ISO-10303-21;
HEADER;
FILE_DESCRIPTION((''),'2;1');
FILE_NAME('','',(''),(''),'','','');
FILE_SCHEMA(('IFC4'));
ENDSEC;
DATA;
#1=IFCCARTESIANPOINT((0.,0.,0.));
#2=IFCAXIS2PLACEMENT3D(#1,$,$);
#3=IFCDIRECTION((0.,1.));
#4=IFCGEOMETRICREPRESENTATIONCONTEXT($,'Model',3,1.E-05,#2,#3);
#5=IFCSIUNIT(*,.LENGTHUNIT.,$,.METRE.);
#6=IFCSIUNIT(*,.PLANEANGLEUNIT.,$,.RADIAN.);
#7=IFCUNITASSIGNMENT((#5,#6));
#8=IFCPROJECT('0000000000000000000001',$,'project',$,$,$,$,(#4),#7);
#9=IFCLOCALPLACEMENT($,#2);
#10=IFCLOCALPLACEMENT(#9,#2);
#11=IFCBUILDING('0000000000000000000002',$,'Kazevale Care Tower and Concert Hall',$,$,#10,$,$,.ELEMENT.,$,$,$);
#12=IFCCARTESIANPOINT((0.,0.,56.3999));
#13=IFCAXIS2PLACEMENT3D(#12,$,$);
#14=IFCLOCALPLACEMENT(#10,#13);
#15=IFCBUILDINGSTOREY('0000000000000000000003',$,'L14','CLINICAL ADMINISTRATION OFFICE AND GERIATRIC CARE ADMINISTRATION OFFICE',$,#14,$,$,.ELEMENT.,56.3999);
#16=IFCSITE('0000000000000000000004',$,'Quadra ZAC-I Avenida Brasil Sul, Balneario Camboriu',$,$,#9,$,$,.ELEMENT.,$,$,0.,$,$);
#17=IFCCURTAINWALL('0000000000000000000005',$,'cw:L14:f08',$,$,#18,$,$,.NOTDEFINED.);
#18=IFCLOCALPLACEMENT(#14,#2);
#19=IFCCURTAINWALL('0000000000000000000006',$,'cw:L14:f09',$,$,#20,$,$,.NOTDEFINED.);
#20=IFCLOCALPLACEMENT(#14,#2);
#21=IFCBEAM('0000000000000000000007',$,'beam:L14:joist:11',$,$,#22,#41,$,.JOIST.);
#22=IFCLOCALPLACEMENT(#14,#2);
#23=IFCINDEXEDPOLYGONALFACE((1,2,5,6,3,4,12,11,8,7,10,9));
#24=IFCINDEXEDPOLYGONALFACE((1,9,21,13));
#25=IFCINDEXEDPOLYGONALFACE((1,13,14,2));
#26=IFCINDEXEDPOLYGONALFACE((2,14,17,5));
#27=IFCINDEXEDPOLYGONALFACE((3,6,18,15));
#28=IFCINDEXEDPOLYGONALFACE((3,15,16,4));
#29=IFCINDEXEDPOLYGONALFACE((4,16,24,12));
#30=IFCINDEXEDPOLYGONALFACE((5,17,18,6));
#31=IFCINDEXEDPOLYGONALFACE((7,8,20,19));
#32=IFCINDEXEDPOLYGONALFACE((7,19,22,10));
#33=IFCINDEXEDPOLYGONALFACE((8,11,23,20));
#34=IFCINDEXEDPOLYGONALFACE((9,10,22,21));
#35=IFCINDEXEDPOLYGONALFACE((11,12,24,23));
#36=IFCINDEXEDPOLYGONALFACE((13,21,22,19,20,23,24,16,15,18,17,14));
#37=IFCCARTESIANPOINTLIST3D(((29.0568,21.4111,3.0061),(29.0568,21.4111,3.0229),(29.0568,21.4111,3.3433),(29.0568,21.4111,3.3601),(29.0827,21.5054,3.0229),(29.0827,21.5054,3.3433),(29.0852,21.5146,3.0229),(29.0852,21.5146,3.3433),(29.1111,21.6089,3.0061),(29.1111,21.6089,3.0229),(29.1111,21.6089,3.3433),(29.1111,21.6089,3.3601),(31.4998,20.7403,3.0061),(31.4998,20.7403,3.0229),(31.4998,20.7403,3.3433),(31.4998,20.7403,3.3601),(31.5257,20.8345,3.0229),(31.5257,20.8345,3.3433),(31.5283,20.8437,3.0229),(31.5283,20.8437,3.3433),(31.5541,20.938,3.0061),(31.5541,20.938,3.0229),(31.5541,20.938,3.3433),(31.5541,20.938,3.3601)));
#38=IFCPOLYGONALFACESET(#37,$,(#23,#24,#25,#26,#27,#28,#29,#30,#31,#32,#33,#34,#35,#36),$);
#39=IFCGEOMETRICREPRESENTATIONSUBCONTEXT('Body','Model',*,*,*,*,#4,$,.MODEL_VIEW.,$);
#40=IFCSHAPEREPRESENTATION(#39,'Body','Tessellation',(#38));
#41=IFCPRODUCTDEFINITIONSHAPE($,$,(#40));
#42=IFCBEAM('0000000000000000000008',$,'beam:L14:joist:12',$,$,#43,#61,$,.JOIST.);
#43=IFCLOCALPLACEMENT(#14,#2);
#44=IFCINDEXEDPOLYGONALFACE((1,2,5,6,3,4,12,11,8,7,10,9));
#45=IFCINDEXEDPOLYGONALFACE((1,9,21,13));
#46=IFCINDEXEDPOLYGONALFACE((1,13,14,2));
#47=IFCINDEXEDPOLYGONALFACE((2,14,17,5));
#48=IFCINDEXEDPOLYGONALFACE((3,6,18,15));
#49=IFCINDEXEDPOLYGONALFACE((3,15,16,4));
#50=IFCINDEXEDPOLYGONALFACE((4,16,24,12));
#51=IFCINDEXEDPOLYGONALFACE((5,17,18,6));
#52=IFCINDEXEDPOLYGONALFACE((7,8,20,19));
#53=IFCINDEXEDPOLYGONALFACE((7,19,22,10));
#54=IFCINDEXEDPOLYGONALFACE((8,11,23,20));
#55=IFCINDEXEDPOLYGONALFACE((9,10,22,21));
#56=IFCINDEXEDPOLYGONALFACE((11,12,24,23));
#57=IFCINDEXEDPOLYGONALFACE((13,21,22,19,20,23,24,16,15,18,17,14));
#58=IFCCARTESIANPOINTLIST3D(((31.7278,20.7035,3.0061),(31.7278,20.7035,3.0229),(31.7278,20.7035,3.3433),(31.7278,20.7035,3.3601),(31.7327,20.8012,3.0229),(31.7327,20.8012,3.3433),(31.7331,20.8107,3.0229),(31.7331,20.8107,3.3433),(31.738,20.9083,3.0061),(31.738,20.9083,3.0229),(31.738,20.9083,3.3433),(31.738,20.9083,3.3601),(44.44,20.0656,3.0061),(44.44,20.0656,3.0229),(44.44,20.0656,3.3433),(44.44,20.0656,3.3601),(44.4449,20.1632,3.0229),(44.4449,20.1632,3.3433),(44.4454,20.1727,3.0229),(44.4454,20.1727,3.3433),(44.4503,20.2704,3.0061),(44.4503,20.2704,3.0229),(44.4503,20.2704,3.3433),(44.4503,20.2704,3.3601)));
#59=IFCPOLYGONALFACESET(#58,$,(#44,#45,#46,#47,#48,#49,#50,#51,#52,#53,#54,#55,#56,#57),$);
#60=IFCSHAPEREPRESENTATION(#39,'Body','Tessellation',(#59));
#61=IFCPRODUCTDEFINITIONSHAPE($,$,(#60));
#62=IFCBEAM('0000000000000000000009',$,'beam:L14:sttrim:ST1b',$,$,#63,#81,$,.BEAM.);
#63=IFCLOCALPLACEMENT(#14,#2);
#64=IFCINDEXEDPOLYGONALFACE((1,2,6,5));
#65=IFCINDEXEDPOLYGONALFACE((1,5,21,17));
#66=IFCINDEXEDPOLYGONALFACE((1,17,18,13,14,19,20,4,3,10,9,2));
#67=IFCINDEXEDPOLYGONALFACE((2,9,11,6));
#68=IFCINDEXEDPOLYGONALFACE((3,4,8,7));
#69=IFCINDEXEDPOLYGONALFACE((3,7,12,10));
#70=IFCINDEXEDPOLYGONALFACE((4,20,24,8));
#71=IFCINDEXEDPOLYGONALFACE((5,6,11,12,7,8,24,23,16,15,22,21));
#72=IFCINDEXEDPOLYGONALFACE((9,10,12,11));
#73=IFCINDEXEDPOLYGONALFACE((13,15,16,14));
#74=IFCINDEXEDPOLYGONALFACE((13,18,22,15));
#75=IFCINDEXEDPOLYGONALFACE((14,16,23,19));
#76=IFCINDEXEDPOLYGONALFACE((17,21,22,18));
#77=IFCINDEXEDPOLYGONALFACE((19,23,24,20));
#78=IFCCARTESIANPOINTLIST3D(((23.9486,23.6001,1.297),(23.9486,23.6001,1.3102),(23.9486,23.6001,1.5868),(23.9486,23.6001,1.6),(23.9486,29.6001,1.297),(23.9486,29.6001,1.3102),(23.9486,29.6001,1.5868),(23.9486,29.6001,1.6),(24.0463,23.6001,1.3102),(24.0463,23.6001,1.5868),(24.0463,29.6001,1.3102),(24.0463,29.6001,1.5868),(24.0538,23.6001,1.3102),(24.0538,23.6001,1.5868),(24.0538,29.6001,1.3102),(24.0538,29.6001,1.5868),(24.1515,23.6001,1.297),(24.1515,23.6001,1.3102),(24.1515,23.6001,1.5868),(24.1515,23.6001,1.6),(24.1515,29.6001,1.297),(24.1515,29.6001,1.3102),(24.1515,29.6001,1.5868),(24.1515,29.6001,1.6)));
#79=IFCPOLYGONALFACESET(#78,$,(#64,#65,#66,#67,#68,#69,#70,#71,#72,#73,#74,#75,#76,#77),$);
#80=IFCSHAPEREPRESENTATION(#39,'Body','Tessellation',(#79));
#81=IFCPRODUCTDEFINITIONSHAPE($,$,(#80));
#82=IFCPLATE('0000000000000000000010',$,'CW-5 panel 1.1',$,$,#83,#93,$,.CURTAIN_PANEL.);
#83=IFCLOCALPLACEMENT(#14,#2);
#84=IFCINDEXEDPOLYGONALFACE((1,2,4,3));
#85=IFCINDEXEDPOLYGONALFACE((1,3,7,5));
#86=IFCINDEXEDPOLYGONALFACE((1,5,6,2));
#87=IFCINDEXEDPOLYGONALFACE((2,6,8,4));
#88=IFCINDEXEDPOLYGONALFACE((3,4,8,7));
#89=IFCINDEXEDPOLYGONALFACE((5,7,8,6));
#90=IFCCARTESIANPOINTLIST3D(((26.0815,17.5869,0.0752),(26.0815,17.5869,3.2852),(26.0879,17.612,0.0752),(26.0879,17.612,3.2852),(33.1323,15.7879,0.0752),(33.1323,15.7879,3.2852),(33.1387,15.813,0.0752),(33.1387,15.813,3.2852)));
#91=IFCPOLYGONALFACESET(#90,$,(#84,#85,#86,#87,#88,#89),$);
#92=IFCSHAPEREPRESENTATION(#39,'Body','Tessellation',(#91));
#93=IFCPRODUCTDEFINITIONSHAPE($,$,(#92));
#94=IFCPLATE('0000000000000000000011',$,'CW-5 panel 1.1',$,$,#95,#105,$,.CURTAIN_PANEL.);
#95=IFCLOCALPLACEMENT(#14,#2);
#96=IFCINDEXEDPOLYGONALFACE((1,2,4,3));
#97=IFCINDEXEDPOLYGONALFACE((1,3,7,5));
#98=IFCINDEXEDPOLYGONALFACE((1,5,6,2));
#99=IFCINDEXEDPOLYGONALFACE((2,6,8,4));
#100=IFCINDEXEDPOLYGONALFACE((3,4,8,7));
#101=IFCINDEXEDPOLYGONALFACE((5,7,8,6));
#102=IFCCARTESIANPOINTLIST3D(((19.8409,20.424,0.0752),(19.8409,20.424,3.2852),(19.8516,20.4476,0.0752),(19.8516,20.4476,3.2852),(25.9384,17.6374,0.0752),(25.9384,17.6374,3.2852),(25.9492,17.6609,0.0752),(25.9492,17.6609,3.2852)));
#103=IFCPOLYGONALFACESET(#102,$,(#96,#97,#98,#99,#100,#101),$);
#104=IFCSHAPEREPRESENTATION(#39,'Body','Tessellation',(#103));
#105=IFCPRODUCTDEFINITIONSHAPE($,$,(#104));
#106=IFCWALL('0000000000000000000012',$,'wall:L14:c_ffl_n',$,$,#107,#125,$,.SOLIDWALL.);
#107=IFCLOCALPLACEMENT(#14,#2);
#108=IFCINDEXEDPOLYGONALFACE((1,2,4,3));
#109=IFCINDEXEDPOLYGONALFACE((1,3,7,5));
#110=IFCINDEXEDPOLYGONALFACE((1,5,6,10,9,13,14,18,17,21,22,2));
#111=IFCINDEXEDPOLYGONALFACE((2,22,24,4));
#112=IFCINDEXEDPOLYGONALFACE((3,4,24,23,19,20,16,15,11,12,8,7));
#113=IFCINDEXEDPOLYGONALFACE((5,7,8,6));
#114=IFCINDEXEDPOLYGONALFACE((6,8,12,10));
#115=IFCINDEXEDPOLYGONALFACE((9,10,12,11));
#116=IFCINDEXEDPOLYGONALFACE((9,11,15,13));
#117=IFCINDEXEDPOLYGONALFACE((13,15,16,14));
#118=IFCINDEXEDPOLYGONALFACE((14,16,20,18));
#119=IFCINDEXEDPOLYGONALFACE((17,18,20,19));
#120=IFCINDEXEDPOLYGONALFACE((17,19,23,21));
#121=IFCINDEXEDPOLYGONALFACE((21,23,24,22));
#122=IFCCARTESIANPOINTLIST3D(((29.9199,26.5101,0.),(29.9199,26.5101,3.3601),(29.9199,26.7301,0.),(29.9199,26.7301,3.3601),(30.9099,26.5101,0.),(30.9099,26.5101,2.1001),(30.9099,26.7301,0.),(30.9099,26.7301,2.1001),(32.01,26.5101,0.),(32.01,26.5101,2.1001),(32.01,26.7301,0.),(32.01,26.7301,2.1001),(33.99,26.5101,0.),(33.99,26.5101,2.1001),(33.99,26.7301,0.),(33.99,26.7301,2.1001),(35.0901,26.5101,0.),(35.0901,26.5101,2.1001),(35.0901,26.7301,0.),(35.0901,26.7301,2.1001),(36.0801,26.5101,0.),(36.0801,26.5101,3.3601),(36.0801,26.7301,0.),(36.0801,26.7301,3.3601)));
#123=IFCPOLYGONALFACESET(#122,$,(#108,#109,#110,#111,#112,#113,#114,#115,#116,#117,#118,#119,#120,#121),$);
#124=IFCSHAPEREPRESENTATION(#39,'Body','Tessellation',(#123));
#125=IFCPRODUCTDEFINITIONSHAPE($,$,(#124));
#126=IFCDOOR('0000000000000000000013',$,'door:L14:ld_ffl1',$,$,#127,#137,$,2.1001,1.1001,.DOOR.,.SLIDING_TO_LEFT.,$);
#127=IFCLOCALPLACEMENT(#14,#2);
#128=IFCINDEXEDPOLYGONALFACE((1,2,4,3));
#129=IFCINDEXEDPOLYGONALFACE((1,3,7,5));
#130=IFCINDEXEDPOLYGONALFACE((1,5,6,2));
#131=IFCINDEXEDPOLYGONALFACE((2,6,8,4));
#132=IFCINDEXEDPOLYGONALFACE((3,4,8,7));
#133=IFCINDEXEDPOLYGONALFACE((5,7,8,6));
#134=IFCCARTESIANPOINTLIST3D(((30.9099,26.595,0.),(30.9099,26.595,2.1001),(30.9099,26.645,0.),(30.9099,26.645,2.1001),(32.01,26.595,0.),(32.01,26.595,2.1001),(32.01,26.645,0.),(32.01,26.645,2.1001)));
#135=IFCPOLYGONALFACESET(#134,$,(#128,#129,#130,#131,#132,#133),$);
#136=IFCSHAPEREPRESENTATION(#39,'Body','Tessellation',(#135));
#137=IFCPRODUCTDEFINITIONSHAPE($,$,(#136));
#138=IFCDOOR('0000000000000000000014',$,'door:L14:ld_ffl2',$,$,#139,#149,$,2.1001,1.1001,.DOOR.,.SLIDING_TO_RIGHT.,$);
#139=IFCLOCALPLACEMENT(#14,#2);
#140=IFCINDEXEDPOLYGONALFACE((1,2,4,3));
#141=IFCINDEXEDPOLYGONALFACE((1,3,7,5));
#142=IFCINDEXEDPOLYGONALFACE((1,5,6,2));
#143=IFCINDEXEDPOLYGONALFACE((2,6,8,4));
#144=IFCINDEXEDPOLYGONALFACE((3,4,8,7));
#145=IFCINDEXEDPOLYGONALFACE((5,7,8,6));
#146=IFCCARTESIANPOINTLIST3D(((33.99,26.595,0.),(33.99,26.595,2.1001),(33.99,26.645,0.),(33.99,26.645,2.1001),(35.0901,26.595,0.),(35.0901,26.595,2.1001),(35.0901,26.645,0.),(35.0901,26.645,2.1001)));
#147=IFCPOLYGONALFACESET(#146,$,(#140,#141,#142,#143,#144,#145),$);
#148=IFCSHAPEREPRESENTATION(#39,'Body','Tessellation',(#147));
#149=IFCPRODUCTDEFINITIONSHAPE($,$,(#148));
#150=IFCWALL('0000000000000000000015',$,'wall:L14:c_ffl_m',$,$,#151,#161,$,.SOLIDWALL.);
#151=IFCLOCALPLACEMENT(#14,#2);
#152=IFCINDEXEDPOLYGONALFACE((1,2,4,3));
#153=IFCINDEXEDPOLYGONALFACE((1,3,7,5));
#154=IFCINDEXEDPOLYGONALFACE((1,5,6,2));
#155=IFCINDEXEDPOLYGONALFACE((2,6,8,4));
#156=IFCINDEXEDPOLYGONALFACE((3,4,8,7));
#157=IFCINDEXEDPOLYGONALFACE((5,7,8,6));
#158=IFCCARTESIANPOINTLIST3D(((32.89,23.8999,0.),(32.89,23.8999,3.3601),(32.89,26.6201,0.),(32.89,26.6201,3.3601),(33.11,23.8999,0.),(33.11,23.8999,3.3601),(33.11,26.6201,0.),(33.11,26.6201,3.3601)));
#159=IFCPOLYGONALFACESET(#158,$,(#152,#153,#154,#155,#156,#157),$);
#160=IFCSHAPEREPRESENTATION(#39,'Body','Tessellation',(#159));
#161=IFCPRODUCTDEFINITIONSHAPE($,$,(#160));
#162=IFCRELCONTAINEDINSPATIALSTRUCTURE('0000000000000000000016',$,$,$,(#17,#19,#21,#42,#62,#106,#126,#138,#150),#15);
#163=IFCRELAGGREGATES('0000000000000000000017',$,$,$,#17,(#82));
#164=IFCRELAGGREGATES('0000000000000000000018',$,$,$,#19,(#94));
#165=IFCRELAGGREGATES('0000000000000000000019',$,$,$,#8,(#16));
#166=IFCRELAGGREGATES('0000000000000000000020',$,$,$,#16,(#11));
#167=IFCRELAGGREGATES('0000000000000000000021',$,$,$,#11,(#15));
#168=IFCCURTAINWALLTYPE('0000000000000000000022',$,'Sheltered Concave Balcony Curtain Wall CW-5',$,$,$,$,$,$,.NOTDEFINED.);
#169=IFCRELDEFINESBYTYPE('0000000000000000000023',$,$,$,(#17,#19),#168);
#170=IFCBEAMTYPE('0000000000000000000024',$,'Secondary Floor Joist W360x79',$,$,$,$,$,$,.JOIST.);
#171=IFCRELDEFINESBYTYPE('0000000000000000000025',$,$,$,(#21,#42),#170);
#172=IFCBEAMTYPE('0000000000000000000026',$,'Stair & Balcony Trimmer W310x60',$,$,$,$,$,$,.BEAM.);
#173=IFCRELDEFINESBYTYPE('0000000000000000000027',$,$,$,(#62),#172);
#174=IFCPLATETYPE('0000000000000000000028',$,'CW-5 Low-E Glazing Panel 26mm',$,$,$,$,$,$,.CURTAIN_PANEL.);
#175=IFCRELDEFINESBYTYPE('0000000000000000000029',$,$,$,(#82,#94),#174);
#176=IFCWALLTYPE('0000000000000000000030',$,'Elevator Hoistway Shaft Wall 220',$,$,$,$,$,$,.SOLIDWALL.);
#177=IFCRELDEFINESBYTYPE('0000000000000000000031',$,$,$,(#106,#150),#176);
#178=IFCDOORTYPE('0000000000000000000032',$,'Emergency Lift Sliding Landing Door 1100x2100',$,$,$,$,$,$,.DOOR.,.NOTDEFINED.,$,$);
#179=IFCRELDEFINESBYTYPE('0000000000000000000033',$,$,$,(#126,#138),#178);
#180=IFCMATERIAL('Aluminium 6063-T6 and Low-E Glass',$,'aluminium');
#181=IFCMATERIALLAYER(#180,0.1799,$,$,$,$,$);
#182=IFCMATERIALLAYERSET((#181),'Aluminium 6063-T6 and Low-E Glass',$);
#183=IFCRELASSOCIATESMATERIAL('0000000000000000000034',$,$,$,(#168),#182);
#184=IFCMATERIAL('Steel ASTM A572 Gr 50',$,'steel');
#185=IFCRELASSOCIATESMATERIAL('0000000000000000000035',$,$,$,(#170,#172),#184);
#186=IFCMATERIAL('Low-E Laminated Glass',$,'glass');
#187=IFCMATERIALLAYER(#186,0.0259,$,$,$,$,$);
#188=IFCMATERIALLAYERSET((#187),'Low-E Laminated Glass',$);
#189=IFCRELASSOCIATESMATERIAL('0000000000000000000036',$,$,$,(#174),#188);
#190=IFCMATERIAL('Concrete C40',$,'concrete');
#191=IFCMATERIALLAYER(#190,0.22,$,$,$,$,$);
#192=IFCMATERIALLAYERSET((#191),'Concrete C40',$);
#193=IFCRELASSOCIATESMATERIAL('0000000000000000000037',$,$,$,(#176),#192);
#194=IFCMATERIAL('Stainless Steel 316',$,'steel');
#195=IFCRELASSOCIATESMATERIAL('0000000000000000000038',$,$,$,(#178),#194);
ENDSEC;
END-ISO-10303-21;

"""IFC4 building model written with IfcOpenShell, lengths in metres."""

from ifc_helpers import new_model, si_unit, direction, frame, frame_2d, origin, origin_2d, place, context, subcontext, project, spatial, rectangle, i_section, extrude, material, layer, layer_set, material_profile, profile_set, type_object, element, fill, aggregate, save


model = new_model("IFC4")

# Units and contexts
model_context = context("Model", 3, precision=1e-05, world=origin(), true_north=direction((0.0, 1.0)))
body_context = subcontext(model_context, "Body", "Model", "MODEL_VIEW")
ifc_project = project(units=[si_unit("LENGTHUNIT", "METRE"), si_unit("PLANEANGLEUNIT", "RADIAN")], contexts=[model_context])

# Site, building, storey
site_placement = place(None, origin())
site = spatial("IfcSite", under=ifc_project, at=site_placement, Name="Quadra ZAC-I Avenida Brasil Sul, Balneario Camboriu", CompositionType="ELEMENT", RefElevation=0.0)
building_placement = place(site_placement, origin())
building = spatial("IfcBuilding", under=site, at=building_placement, Name="Kazevale Care Tower and Concert Hall", CompositionType="ELEMENT")
storey_placement = place(building_placement, frame((0.0, 0.0, 56.3999)))
storey = spatial("IfcBuildingStorey", under=building, at=storey_placement, Name="L14", Description="CLINICAL ADMINISTRATION OFFICE AND GERIATRIC CARE ADMINISTRATION OFFICE", CompositionType="ELEMENT", Elevation=56.3999)

# Shared definitions
ifc_material_1 = material(Name="Aluminium 6063-T6 and Low-E Glass", Category="aluminium")
ifc_layer_1 = layer(ifc_material_1, 0.1799)
ifc_layer_set_1 = layer_set([ifc_layer_1], Name="Aluminium 6063-T6 and Low-E Glass")
curtain_wall_type = type_object("IfcCurtainWallType", Name="Sheltered Concave Balcony Curtain Wall CW-5", PredefinedType="NOTDEFINED", material=ifc_layer_set_1)

# Curtain wall
curtain_wall_1_placement = place(storey_placement, origin())
curtain_wall_1 = element("IfcCurtainWall", 1, at=curtain_wall_1_placement, inside=storey, type_object=curtain_wall_type, Name="cw:L14:f08", PredefinedType="NOTDEFINED")

# Curtain wall
curtain_wall_2_placement = place(storey_placement, origin())
curtain_wall_2 = element("IfcCurtainWall", 2, at=curtain_wall_2_placement, inside=storey, type_object=curtain_wall_type, Name="cw:L14:f09", PredefinedType="NOTDEFINED")

# Beams
ifc_material_2 = material(Name="Steel ASTM A572 Gr 50", Category="steel")
ifc_material_profile_1 = material_profile(ifc_material_2, i_section(OverallWidth=0.2051, OverallDepth=0.354, WebThickness=0.0095, FlangeThickness=0.0168, at=origin_2d()), Name="W360x79")
ifc_profile_set_1 = profile_set([ifc_material_profile_1], Name="Steel ASTM A572 Gr 50")
beam_type_1 = type_object("IfcBeamType", Name="Secondary Floor Joist W360x79", PredefinedType="JOIST", material=ifc_profile_set_1)
beam_1_placement = place(storey_placement, frame((29.084, 21.51, 3.1831), z_axis=(0.964302, -0.264805, 0.0), x_axis=(0.264805, 0.964302, 0.0)))
element("IfcBeam", 3, at=beam_1_placement, inside=storey, type_object=beam_type_1, Name="beam:L14:joist:11", PredefinedType="JOIST", context=body_context, shape_type="SweptSolid", body=[
    extrude(i_section(OverallWidth=0.2051, OverallDepth=0.354, WebThickness=0.0095, FlangeThickness=0.0168, at=origin_2d()), origin(), (0.0, 0.0, 1.0), 2.5334),
])
beam_2_placement = place(storey_placement, frame((31.7329, 20.8059, 3.1831), z_axis=(0.998743, -0.05012, 0.0), x_axis=(0.05012, 0.998743, 0.0)))
element("IfcBeam", 4, at=beam_2_placement, inside=storey, type_object=beam_type_1, Name="beam:L14:joist:12", PredefinedType="JOIST", context=body_context, shape_type="SweptSolid", body=[
    extrude(i_section(OverallWidth=0.2051, OverallDepth=0.354, WebThickness=0.0095, FlangeThickness=0.0168, at=origin_2d()), origin(), (0.0, 0.0, 1.0), 12.7283),
])
ifc_material_profile_2 = material_profile(ifc_material_2, i_section(OverallWidth=0.2029, OverallDepth=0.303, WebThickness=0.0076, FlangeThickness=0.0132, at=origin_2d()), Name="W310x60")
ifc_profile_set_2 = profile_set([ifc_material_profile_2], Name="Steel ASTM A572 Gr 50")
beam_type_2 = type_object("IfcBeamType", Name="Stair & Balcony Trimmer W310x60", PredefinedType="BEAM", material=ifc_profile_set_2)
beam_3_placement = place(storey_placement, frame((24.05, 23.6001, 1.4485), z_axis=(0.0, 1.0, 0.0), x_axis=(-1.0, 0.0, 0.0)))
element("IfcBeam", 5, at=beam_3_placement, inside=storey, type_object=beam_type_2, Name="beam:L14:sttrim:ST1b", PredefinedType="BEAM", context=body_context, shape_type="SweptSolid", body=[
    extrude(i_section(OverallWidth=0.2029, OverallDepth=0.303, WebThickness=0.0076, FlangeThickness=0.0132, at=origin_2d()), origin(), (0.0, 0.0, 1.0), 6.0),
])

# Plates
ifc_material_3 = material(Name="Low-E Laminated Glass", Category="glass")
ifc_layer_2 = layer(ifc_material_3, 0.0259)
ifc_layer_set_2 = layer_set([ifc_layer_2], Name="Low-E Laminated Glass")
plate_type = type_object("IfcPlateType", Name="CW-5 Low-E Glazing Panel 26mm", PredefinedType="CURTAIN_PANEL", material=ifc_layer_set_2)
plate_1_placement = place(storey_placement, frame((29.6101, 16.7, 0.0752), z_axis=(0.0, 0.0, 1.0), x_axis=(-0.968959, 0.247222, 0.0)))
plate_1 = element("IfcPlate", 6, at=plate_1_placement, type_object=plate_type, Name="CW-5 panel 1.1", PredefinedType="CURTAIN_PANEL", context=body_context, shape_type="SweptSolid", body=[
    extrude(rectangle(XDim=7.2766, YDim=0.0259, at=origin_2d()), origin(), (0.0, 0.0, 1.0), 3.21),
])
aggregate(curtain_wall_1, [plate_1])
plate_2_placement = place(storey_placement, frame((22.895, 19.0425, 0.0752), z_axis=(0.0, 0.0, 1.0), x_axis=(-0.90952, 0.41566, 0.0)))
plate_2 = element("IfcPlate", 7, at=plate_2_placement, type_object=plate_type, Name="CW-5 panel 1.1", PredefinedType="CURTAIN_PANEL", context=body_context, shape_type="SweptSolid", body=[
    extrude(rectangle(XDim=6.7041, YDim=0.0259, at=origin_2d()), origin(), (0.0, 0.0, 1.0), 3.21),
])
aggregate(curtain_wall_2, [plate_2])

# Wall, openings, doors
ifc_material_4 = material(Name="Concrete C40", Category="concrete")
ifc_layer_3 = layer(ifc_material_4, 0.22)
ifc_layer_set_3 = layer_set([ifc_layer_3], Name="Concrete C40")
wall_type_1 = type_object("IfcWallType", Name="Elevator Hoistway Shaft Wall 220", PredefinedType="SOLIDWALL", material=ifc_layer_set_3)
wall_1_placement = place(storey_placement, frame((29.9199, 26.6201, 0.0), z_axis=(0.0, 0.0, 1.0), x_axis=(1.0, 0.0, 0.0)))
wall_1 = element("IfcWall", 8, at=wall_1_placement, inside=storey, type_object=wall_type_1, Name="wall:L14:c_ffl_n", PredefinedType="SOLIDWALL", context=body_context, shape_type="SweptSolid", body=[
    extrude(rectangle(XDim=6.1602, YDim=0.22, at=frame_2d((3.0801, 0.0))), origin(), (0.0, 0.0, 1.0), 3.3601),
])
opening_1_placement = place(wall_1_placement, frame((0.99, 0.0, 0.0)))
opening_1 = element("IfcOpeningElement", 9, at=opening_1_placement, cuts=wall_1, PredefinedType="OPENING", context=body_context, shape_type="SweptSolid", body=[
    extrude(rectangle(XDim=1.1001, YDim=2.1001, at=frame_2d((0.55, 1.05))), frame((0.0, 0.1199, 0.0), z_axis=(0.0, -1.0, 0.0), x_axis=(1.0, 0.0, 0.0)), (0.0, 0.0, 1.0), 0.24),
])
opening_2_placement = place(wall_1_placement, frame((4.0701, 0.0, 0.0)))
opening_2 = element("IfcOpeningElement", 10, at=opening_2_placement, cuts=wall_1, PredefinedType="OPENING", context=body_context, shape_type="SweptSolid", body=[
    extrude(rectangle(XDim=1.1001, YDim=2.1001, at=frame_2d((0.55, 1.05))), frame((0.0, 0.1199, 0.0), z_axis=(0.0, -1.0, 0.0), x_axis=(1.0, 0.0, 0.0)), (0.0, 0.0, 1.0), 0.24),
])
ifc_material_5 = material(Name="Stainless Steel 316", Category="steel")
door_type_1 = type_object("IfcDoorType", Name="Emergency Lift Sliding Landing Door 1100x2100", OperationType="NOTDEFINED", PredefinedType="DOOR", material=ifc_material_5)
door_1_placement = place(opening_1_placement, origin())
door_1 = element("IfcDoor", 11, at=door_1_placement, inside=storey, type_object=door_type_1, Name="door:L14:ld_ffl1", OperationType="SLIDING_TO_LEFT", OverallHeight=2.1001, OverallWidth=1.1001, PredefinedType="DOOR", context=body_context, shape_type="SweptSolid", body=[
    extrude(rectangle(XDim=1.1001, YDim=2.1001, at=frame_2d((0.55, 1.05))), frame((0.0, 0.0249, 0.0), z_axis=(0.0, -1.0, 0.0), x_axis=(1.0, 0.0, 0.0)), (0.0, 0.0, 1.0), 0.05),
])
fill(opening_1, door_1)
door_2_placement = place(opening_2_placement, origin())
door_2 = element("IfcDoor", 12, at=door_2_placement, inside=storey, type_object=door_type_1, Name="door:L14:ld_ffl2", OperationType="SLIDING_TO_RIGHT", OverallHeight=2.1001, OverallWidth=1.1001, PredefinedType="DOOR", context=body_context, shape_type="SweptSolid", body=[
    extrude(rectangle(XDim=1.1001, YDim=2.1001, at=frame_2d((0.55, 1.05))), frame((0.0, 0.0249, 0.0), z_axis=(0.0, -1.0, 0.0), x_axis=(1.0, 0.0, 0.0)), (0.0, 0.0, 1.0), 0.05),
])
fill(opening_2, door_2)

# Wall
wall_2_placement = place(storey_placement, frame((33.0, 23.8999, 0.0), z_axis=(0.0, 0.0, 1.0), x_axis=(0.0, 1.0, 0.0)))
element("IfcWall", 13, at=wall_2_placement, inside=storey, type_object=wall_type_1, Name="wall:L14:c_ffl_m", PredefinedType="SOLIDWALL", context=body_context, shape_type="SweptSolid", body=[
    extrude(rectangle(XDim=2.7202, YDim=0.22, at=frame_2d((1.3601, 0.0))), origin(), (0.0, 0.0, 1.0), 3.3601),
])

save(model, "model.ifc")
